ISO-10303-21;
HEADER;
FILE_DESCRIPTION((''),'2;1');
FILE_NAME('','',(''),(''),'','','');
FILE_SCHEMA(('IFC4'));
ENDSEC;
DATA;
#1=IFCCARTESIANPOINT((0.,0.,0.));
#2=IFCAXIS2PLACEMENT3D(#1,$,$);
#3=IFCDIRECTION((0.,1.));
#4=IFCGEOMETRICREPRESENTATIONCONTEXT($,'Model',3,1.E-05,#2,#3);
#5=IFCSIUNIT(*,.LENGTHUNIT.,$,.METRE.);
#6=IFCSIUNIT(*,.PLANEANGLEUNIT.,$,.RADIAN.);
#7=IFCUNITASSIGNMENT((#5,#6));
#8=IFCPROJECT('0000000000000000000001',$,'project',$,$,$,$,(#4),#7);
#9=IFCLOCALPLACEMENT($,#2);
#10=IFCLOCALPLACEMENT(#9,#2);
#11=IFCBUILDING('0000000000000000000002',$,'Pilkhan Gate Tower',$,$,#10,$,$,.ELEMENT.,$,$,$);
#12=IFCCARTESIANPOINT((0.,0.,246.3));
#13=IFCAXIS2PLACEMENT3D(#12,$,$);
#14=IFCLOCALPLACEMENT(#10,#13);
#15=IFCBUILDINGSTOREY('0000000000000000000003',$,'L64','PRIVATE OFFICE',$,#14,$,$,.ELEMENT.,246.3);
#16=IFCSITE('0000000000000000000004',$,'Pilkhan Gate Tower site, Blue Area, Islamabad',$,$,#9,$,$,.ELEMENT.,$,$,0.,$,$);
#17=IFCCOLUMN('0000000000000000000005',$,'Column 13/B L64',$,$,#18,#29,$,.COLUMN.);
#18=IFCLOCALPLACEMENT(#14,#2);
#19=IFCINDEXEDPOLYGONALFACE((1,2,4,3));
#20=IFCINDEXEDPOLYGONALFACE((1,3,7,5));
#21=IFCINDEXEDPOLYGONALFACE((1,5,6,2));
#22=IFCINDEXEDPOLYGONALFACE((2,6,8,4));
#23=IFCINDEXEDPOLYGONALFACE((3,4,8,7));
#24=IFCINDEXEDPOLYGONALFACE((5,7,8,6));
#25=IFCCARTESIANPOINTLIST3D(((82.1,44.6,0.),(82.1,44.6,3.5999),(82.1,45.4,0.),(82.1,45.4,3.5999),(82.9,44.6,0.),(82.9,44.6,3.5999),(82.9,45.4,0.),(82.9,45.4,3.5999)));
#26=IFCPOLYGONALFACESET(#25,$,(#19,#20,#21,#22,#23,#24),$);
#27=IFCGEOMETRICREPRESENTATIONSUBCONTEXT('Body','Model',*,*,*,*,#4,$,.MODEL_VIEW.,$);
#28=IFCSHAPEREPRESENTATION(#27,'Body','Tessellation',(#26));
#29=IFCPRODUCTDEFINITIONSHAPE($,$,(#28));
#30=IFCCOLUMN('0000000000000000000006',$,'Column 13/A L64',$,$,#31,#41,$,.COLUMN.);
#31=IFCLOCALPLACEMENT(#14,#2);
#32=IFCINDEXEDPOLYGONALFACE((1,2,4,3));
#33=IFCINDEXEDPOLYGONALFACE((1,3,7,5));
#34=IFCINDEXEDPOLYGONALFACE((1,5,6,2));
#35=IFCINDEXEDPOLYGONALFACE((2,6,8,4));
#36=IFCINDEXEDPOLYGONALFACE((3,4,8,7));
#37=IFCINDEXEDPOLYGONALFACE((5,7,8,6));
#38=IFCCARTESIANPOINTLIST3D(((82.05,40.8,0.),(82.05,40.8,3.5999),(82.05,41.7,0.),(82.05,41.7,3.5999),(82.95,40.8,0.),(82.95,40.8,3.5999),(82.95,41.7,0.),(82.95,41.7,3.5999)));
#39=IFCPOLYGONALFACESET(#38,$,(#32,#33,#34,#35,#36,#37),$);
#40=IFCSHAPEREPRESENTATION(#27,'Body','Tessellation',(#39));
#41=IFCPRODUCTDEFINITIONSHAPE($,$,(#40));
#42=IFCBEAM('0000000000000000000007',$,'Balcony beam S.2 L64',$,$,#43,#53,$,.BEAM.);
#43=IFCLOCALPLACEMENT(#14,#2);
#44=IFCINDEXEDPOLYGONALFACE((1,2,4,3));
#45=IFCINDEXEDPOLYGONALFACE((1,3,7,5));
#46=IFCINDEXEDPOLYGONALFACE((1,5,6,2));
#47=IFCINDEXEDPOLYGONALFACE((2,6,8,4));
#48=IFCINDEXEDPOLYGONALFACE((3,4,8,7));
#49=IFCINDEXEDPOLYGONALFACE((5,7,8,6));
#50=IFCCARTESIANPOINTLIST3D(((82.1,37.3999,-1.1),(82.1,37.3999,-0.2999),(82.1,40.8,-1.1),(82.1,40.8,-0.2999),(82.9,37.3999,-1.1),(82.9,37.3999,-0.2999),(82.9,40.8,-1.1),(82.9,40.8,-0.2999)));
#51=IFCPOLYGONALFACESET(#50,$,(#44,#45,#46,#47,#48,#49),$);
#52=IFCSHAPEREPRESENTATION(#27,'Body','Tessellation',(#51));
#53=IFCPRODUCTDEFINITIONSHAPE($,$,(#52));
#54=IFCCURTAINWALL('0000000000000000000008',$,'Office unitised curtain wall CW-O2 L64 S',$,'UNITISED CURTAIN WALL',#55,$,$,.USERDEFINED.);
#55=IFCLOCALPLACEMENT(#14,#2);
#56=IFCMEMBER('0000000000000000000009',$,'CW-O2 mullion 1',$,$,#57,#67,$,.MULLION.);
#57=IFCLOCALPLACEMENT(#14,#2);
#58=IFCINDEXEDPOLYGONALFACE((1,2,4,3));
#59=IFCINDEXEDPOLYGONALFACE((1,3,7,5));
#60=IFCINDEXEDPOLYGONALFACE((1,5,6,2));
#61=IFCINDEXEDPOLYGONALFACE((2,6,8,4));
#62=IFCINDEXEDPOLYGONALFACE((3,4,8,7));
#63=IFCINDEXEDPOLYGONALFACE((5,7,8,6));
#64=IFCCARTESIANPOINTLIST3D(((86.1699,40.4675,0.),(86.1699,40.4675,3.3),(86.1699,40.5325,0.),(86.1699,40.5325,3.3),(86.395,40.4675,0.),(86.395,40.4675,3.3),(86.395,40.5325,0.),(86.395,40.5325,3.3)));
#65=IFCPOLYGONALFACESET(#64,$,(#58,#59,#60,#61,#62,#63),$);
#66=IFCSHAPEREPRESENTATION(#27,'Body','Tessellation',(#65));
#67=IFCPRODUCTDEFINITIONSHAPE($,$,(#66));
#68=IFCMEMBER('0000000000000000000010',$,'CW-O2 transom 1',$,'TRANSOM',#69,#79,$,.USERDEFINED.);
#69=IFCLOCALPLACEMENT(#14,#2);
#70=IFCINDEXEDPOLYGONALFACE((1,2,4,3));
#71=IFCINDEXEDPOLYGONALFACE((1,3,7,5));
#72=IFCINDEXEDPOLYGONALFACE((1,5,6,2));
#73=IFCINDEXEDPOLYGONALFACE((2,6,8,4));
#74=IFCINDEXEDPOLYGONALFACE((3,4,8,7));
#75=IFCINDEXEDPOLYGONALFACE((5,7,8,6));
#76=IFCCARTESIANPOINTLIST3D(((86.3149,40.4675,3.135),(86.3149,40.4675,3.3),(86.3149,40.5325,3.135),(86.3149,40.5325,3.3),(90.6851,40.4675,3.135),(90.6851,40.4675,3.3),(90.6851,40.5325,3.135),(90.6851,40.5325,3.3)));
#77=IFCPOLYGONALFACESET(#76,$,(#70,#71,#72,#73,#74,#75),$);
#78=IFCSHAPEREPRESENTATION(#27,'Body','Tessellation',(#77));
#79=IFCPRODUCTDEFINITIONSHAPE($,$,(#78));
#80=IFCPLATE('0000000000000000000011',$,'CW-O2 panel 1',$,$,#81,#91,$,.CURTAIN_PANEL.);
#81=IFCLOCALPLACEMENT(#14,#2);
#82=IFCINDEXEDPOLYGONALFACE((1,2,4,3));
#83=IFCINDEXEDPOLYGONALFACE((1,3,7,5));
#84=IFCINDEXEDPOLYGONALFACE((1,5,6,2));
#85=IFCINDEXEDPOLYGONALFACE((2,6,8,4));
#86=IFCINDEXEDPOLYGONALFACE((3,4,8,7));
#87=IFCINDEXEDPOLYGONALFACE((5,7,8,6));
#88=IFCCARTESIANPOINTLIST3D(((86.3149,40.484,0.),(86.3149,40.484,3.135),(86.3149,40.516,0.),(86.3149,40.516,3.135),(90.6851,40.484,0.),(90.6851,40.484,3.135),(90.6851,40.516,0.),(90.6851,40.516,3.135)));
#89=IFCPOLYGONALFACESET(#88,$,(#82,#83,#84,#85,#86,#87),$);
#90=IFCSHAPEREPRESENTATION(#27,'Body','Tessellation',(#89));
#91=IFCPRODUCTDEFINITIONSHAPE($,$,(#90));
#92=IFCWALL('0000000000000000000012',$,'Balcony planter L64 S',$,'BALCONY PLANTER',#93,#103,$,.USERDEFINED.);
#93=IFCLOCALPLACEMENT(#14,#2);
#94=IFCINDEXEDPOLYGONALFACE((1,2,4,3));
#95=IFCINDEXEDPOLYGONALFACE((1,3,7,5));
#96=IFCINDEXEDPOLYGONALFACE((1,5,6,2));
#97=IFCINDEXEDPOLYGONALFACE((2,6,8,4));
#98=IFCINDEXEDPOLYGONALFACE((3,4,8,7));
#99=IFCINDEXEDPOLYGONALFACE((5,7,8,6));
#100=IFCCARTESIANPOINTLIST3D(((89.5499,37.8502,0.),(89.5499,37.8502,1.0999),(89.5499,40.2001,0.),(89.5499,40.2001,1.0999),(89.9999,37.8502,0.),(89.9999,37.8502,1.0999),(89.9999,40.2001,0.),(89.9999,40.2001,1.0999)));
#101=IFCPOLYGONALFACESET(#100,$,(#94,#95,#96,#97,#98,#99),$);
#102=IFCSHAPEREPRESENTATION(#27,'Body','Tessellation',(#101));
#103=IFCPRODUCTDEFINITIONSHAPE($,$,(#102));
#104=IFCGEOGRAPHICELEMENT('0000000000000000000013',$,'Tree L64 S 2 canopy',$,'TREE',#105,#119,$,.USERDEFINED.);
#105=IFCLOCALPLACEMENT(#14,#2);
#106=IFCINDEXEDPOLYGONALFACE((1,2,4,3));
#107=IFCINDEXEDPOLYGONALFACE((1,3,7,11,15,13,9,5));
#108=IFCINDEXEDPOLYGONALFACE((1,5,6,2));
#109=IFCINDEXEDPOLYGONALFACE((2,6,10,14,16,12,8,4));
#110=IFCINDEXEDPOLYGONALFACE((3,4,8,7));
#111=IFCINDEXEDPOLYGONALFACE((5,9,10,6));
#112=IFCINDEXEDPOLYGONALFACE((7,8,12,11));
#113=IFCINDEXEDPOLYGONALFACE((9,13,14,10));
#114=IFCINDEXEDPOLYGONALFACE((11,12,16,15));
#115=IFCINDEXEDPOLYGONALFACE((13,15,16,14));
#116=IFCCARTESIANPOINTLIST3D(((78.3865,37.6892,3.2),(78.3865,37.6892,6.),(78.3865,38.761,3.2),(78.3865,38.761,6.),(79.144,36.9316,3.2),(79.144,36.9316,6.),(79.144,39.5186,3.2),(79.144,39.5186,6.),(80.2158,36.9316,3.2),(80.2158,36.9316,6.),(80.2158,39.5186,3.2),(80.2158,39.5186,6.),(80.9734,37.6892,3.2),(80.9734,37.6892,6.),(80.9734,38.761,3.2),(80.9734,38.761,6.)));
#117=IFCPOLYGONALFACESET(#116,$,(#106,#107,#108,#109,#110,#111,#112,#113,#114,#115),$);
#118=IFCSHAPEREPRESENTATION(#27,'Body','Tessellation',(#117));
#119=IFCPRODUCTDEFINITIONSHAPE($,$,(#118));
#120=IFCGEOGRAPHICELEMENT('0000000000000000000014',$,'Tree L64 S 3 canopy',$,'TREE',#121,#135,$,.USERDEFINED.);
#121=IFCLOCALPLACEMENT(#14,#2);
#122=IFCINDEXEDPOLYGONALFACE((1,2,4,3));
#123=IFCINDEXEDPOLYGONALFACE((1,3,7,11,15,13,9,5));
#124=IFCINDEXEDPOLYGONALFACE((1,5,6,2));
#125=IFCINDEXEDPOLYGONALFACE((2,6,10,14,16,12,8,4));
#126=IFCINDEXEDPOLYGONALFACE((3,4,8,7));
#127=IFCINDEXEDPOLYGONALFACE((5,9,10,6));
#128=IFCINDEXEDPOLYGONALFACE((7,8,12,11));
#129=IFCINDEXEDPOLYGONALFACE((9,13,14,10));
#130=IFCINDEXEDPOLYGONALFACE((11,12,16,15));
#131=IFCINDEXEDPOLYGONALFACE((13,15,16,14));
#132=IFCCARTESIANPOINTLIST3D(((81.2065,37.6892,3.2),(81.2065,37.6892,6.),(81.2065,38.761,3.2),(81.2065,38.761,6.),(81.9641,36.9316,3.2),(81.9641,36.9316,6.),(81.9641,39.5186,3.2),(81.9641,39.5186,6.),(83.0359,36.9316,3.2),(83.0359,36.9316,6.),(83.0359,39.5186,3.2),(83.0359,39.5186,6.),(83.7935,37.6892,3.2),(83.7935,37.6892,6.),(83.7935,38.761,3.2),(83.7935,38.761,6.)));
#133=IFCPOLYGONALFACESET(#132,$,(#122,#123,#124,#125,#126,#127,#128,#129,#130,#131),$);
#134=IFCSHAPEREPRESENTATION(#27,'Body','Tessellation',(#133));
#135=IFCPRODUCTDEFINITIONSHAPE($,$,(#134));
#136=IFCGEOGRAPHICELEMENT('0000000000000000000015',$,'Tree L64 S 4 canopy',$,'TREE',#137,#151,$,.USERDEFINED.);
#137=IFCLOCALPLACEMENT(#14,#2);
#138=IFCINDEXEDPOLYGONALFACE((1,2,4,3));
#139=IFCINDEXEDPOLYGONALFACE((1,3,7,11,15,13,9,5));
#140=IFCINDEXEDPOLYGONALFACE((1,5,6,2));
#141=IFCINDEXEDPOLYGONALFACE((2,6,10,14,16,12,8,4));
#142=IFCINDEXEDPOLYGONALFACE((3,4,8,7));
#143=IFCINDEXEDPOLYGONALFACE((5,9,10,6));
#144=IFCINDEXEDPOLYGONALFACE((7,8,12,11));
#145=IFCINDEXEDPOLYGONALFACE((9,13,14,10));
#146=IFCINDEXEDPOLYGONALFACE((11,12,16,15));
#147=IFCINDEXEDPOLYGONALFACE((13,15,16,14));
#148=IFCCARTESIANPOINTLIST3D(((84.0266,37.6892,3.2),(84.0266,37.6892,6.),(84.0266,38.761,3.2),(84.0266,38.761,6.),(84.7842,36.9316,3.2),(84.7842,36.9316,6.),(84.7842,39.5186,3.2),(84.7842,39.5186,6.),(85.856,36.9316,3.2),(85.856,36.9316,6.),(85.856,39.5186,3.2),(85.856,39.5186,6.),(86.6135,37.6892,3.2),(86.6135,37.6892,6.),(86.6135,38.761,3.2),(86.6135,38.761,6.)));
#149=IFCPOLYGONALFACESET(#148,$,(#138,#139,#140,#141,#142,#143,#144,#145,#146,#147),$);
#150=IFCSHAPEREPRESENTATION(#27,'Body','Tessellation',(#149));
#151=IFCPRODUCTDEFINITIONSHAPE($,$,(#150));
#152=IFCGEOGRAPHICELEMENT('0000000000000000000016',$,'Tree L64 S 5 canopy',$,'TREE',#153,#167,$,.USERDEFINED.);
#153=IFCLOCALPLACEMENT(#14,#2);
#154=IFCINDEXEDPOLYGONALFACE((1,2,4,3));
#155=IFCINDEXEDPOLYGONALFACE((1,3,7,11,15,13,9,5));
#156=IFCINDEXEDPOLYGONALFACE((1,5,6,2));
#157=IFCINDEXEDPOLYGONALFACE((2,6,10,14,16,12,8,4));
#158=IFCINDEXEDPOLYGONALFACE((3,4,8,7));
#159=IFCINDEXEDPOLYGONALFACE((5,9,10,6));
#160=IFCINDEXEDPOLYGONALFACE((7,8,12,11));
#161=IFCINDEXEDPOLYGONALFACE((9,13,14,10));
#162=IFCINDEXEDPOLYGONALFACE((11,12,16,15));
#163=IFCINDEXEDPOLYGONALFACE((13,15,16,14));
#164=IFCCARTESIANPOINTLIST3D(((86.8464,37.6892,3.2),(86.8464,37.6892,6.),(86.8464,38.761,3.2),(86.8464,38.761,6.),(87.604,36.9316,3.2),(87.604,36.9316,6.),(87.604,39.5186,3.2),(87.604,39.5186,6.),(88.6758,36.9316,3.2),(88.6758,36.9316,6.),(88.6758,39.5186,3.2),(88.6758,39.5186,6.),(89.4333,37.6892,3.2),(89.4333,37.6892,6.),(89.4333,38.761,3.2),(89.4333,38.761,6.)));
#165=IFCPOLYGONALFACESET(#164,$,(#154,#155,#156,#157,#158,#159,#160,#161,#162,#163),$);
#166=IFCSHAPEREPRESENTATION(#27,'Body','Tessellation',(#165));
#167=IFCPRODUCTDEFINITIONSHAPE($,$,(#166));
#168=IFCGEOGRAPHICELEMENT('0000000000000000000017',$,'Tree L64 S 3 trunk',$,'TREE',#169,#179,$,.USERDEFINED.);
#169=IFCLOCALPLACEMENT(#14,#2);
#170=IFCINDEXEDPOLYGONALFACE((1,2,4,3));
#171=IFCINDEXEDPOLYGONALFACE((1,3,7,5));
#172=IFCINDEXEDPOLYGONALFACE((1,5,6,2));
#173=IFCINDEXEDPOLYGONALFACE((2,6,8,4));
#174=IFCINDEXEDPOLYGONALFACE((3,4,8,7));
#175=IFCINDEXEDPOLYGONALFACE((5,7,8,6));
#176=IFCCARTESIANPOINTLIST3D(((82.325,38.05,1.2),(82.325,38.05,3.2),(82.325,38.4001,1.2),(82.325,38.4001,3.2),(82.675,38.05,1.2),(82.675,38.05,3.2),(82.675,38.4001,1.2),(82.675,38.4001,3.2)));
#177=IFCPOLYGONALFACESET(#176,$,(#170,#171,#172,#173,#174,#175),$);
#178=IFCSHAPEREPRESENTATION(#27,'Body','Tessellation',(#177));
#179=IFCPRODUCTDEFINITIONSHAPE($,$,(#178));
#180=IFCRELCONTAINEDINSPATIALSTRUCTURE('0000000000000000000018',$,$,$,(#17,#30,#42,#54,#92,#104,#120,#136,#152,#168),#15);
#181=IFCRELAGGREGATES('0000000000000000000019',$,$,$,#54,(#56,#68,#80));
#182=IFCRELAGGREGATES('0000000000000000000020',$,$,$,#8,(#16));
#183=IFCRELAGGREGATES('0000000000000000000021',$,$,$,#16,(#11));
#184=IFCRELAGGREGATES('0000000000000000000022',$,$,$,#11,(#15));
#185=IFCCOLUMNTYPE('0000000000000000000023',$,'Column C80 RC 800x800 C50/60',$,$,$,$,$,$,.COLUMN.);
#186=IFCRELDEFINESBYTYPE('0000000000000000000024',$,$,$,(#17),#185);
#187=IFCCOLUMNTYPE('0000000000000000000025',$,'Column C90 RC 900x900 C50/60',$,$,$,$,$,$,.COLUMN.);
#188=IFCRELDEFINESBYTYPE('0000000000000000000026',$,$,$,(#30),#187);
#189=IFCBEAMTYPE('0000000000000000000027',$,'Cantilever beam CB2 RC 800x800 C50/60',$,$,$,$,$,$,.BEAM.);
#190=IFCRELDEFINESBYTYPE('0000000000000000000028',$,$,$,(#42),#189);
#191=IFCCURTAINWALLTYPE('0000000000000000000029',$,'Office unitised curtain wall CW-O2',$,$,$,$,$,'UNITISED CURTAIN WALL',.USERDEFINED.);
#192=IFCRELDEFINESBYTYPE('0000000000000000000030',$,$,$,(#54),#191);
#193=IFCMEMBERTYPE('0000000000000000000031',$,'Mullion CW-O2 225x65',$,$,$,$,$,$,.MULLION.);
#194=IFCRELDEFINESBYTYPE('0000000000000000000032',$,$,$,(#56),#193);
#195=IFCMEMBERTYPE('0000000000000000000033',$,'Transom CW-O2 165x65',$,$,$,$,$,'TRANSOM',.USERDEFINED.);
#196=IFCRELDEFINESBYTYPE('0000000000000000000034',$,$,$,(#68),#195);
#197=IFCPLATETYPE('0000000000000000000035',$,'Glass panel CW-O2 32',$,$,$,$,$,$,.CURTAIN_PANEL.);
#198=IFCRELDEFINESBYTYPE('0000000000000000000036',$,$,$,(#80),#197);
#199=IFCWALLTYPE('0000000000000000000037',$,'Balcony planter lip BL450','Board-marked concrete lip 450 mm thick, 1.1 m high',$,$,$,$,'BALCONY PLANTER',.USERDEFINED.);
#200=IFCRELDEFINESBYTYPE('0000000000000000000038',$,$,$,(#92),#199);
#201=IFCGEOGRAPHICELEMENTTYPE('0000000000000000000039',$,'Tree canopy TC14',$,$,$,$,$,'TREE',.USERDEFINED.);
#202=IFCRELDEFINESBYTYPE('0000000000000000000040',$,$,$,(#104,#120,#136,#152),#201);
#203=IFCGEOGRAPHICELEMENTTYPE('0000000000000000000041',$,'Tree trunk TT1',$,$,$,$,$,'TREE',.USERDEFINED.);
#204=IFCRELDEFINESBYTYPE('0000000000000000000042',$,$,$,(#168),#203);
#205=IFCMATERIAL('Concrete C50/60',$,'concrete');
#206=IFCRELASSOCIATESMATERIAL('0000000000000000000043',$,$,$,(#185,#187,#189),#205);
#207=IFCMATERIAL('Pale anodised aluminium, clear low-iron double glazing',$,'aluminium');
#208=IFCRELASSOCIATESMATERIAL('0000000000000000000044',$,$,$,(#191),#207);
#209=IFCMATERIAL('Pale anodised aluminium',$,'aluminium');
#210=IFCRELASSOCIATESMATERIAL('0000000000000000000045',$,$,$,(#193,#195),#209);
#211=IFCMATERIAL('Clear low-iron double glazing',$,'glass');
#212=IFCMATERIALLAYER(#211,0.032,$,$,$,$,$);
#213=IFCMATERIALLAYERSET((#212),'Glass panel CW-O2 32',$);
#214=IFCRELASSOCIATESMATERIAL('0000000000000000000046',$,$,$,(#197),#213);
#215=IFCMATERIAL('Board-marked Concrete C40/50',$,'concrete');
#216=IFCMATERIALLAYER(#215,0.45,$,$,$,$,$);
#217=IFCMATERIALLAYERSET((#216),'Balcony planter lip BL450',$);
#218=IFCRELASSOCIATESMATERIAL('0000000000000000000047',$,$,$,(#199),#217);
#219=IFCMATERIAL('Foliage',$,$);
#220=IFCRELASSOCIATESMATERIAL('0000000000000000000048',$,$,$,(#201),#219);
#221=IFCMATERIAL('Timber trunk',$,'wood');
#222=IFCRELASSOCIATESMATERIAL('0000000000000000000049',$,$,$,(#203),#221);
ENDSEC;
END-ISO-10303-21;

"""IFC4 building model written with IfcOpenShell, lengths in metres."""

from ifc_helpers import new_model, si_unit, direction, frame, frame_2d, origin, origin_2d, place, context, subcontext, project, spatial, polyline, rectangle, outline, extrude, material, layer, layer_set, material_profile, profile_set, type_object, element, aggregate, save


model = new_model("IFC4")

# Units and contexts
model_context = context("Model", 3, precision=1e-05, world=origin(), true_north=direction((0.0, 1.0)))
body_context = subcontext(model_context, "Body", "Model", "MODEL_VIEW")
ifc_project = project(units=[si_unit("LENGTHUNIT", "METRE"), si_unit("PLANEANGLEUNIT", "RADIAN")], contexts=[model_context])

# Site, building, storey
site_placement = place(None, origin())
site = spatial("IfcSite", under=ifc_project, at=site_placement, Name="Pilkhan Gate Tower site, Blue Area, Islamabad", CompositionType="ELEMENT", RefElevation=0.0)
building_placement = place(site_placement, origin())
building = spatial("IfcBuilding", under=site, at=building_placement, Name="Pilkhan Gate Tower", CompositionType="ELEMENT")
storey_placement = place(building_placement, frame((0.0, 0.0, 246.3)))
storey = spatial("IfcBuildingStorey", under=building, at=storey_placement, Name="L64", Description="PRIVATE OFFICE", CompositionType="ELEMENT", Elevation=246.3)

# Columns
ifc_material_1 = material(Name="Concrete C50/60", Category="concrete")
ifc_material_profile_1 = material_profile(ifc_material_1, rectangle(XDim=0.8, YDim=0.8, at=origin_2d()), Name="RC 800x800")
ifc_profile_set_1 = profile_set([ifc_material_profile_1], Name="Concrete C50/60")
column_type_1 = type_object("IfcColumnType", Name="Column C80 RC 800x800 C50/60", PredefinedType="COLUMN", material=ifc_profile_set_1)
column_1_placement = place(storey_placement, frame((82.5, 45.0, 0.0), z_axis=(0.0, 0.0, 1.0), x_axis=(1.0, 0.0, 0.0)))
element("IfcColumn", 1, at=column_1_placement, inside=storey, type_object=column_type_1, Name="Column 13/B L64", PredefinedType="COLUMN", context=body_context, shape_type="SweptSolid", body=[
    extrude(rectangle(XDim=0.8, YDim=0.8, at=origin_2d()), origin(), (0.0, 0.0, 1.0), 3.5999),
])
ifc_material_profile_2 = material_profile(ifc_material_1, rectangle(XDim=0.8999, YDim=0.8999, at=origin_2d()), Name="RC 900x900")
ifc_profile_set_2 = profile_set([ifc_material_profile_2], Name="Concrete C50/60")
column_type_2 = type_object("IfcColumnType", Name="Column C90 RC 900x900 C50/60", PredefinedType="COLUMN", material=ifc_profile_set_2)
column_2_placement = place(storey_placement, frame((82.5, 41.25, 0.0), z_axis=(0.0, 0.0, 1.0), x_axis=(1.0, 0.0, 0.0)))
element("IfcColumn", 2, at=column_2_placement, inside=storey, type_object=column_type_2, Name="Column 13/A L64", PredefinedType="COLUMN", context=body_context, shape_type="SweptSolid", body=[
    extrude(rectangle(XDim=0.8999, YDim=0.8999, at=origin_2d()), origin(), (0.0, 0.0, 1.0), 3.5999),
])

# Beam
ifc_material_profile_3 = material_profile(ifc_material_1, rectangle(XDim=0.8, YDim=0.8, at=origin_2d()), Name="RC 800x800")
ifc_profile_set_3 = profile_set([ifc_material_profile_3], Name="Concrete C50/60")
beam_type = type_object("IfcBeamType", Name="Cantilever beam CB2 RC 800x800 C50/60", PredefinedType="BEAM", material=ifc_profile_set_3)
beam_placement = place(storey_placement, frame((82.5, 40.8, -0.7), z_axis=(0.0, -1.0, 0.0), x_axis=(1.0, 0.0, 0.0)))
element("IfcBeam", 3, at=beam_placement, inside=storey, type_object=beam_type, Name="Balcony beam S.2 L64", PredefinedType="BEAM", context=body_context, shape_type="SweptSolid", body=[
    extrude(rectangle(XDim=0.8, YDim=0.8, at=origin_2d()), origin(), (0.0, 0.0, 1.0), 3.4001),
])

# Curtain wall, members, plate
ifc_material_2 = material(Name="Pale anodised aluminium, clear low-iron double glazing", Category="aluminium")
curtain_wall_type = type_object("IfcCurtainWallType", Name="Office unitised curtain wall CW-O2", ElementType="UNITISED CURTAIN WALL", PredefinedType="USERDEFINED", material=ifc_material_2)
curtain_wall_placement = place(storey_placement, origin())
curtain_wall = element("IfcCurtainWall", 4, at=curtain_wall_placement, inside=storey, type_object=curtain_wall_type, Name="Office unitised curtain wall CW-O2 L64 S", ObjectType="UNITISED CURTAIN WALL", PredefinedType="USERDEFINED")
ifc_material_3 = material(Name="Pale anodised aluminium", Category="aluminium")
ifc_material_profile_4 = material_profile(ifc_material_3, rectangle(XDim=0.0649, YDim=0.2251, at=origin_2d()), Name="Mullion 225x65")
ifc_profile_set_4 = profile_set([ifc_material_profile_4], Name="Pale anodised aluminium")
member_type_1 = type_object("IfcMemberType", Name="Mullion CW-O2 225x65", PredefinedType="MULLION", material=ifc_profile_set_4)
member_1_placement = place(storey_placement, frame((86.2825, 40.5, 0.0), z_axis=(0.0, 0.0, 1.0), x_axis=(0.0, 1.0, 0.0)))
member_1 = element("IfcMember", 5, at=member_1_placement, type_object=member_type_1, Name="CW-O2 mullion 1", PredefinedType="MULLION", context=body_context, shape_type="SweptSolid", body=[
    extrude(rectangle(XDim=0.0649, YDim=0.2251, at=origin_2d()), origin(), (0.0, 0.0, 1.0), 3.3),
])
ifc_material_profile_5 = material_profile(ifc_material_3, rectangle(XDim=0.0649, YDim=0.165, at=origin_2d()), Name="Transom 165x65")
ifc_profile_set_5 = profile_set([ifc_material_profile_5], Name="Pale anodised aluminium")
member_type_2 = type_object("IfcMemberType", Name="Transom CW-O2 165x65", ElementType="TRANSOM", PredefinedType="USERDEFINED", material=ifc_profile_set_5)
member_2_placement = place(storey_placement, frame((86.3149, 40.5, 3.2175), z_axis=(1.0, 0.0, 0.0), x_axis=(0.0, 1.0, 0.0)))
member_2 = element("IfcMember", 6, at=member_2_placement, type_object=member_type_2, Name="CW-O2 transom 1", ObjectType="TRANSOM", PredefinedType="USERDEFINED", context=body_context, shape_type="SweptSolid", body=[
    extrude(rectangle(XDim=0.0649, YDim=0.165, at=origin_2d()), origin(), (0.0, 0.0, 1.0), 4.3701),
])
ifc_material_4 = material(Name="Clear low-iron double glazing", Category="glass")
ifc_layer_1 = layer(ifc_material_4, 0.032)
ifc_layer_set_1 = layer_set([ifc_layer_1], Name="Glass panel CW-O2 32")
plate_type = type_object("IfcPlateType", Name="Glass panel CW-O2 32", PredefinedType="CURTAIN_PANEL", material=ifc_layer_set_1)
plate_placement = place(storey_placement, frame((88.5, 40.5, 0.0), z_axis=(0.0, 0.0, 1.0), x_axis=(1.0, 0.0, 0.0)))
plate = element("IfcPlate", 7, at=plate_placement, type_object=plate_type, Name="CW-O2 panel 1", PredefinedType="CURTAIN_PANEL", context=body_context, shape_type="SweptSolid", body=[
    extrude(rectangle(XDim=4.3701, YDim=0.032, at=origin_2d()), origin(), (0.0, 0.0, 1.0), 3.135),
])
aggregate(curtain_wall, [member_1, member_2, plate])

# Wall
ifc_material_5 = material(Name="Board-marked Concrete C40/50", Category="concrete")
ifc_layer_2 = layer(ifc_material_5, 0.45)
ifc_layer_set_2 = layer_set([ifc_layer_2], Name="Balcony planter lip BL450")
wall_type_1 = type_object("IfcWallType", Name="Balcony planter lip BL450", Description="Board-marked concrete lip 450 mm thick, 1.1 m high", ElementType="BALCONY PLANTER", PredefinedType="USERDEFINED", material=ifc_layer_set_2)
wall_1_placement = place(storey_placement, frame((89.7749, 40.2, 0.0), z_axis=(0.0, 0.0, 1.0), x_axis=(0.0, -1.0, 0.0)))
element("IfcWall", 8, at=wall_1_placement, inside=storey, type_object=wall_type_1, Name="Balcony planter L64 S", ObjectType="BALCONY PLANTER", PredefinedType="USERDEFINED", context=body_context, shape_type="SweptSolid", body=[
    extrude(rectangle(XDim=2.3499, YDim=0.45, at=frame_2d((1.1748, 0.0))), origin(), (0.0, 0.0, 1.0), 1.0999),
])

# Geographic elements
ifc_material_6 = material(Name="Foliage")
ifc_material_profile_6 = material_profile(ifc_material_6, outline(polyline([(1.2935, 0.5359), (0.5359, 1.2935), (-0.5359, 1.2935), (-1.2935, 0.5359), (-1.2935, -0.5359), (-0.5359, -1.2935), (0.5359, -1.2935), (1.2935, -0.5359), (1.2935, 0.5359)])), Name="Canopy D2.8")
ifc_profile_set_6 = profile_set([ifc_material_profile_6], Name="Foliage")
geographic_element_type_1 = type_object("IfcGeographicElementType", Name="Tree canopy TC14", ElementType="TREE", PredefinedType="USERDEFINED", material=ifc_profile_set_6)
for number, where, z_axis, x_axis, name in (
    (9, (79.6799, 38.2251, 3.2), (0.0, 0.0, 1.0), (1.0, 0.0, 0.0), "Tree L64 S 2 canopy"),
    (10, (82.5, 38.2251, 3.2), (0.0, 0.0, 1.0), (1.0, 0.0, 0.0), "Tree L64 S 3 canopy"),
    (11, (85.3201, 38.2251, 3.2), (0.0, 0.0, 1.0), (1.0, 0.0, 0.0), "Tree L64 S 4 canopy"),
    (12, (88.1399, 38.2251, 3.2), (0.0, 0.0, 1.0), (1.0, 0.0, 0.0), "Tree L64 S 5 canopy"),
):
    element("IfcGeographicElement", number, at=place(storey_placement, frame(where, z_axis=z_axis, x_axis=x_axis)), inside=storey, type_object=geographic_element_type_1, Name=name, ObjectType="TREE", PredefinedType="USERDEFINED", context=body_context, shape_type="SweptSolid", body=[
        extrude(outline(polyline([(1.2935, 0.5359), (0.5359, 1.2935), (-0.5359, 1.2935), (-1.2935, 0.5359), (-1.2935, -0.5359), (-0.5359, -1.2935), (0.5359, -1.2935), (1.2935, -0.5359), (1.2935, 0.5359)])), origin(), (0.0, 0.0, 1.0), 2.8),
    ])
ifc_material_7 = material(Name="Timber trunk", Category="wood")
geographic_element_type_2 = type_object("IfcGeographicElementType", Name="Tree trunk TT1", ElementType="TREE", PredefinedType="USERDEFINED", material=ifc_material_7)
for number, where, z_axis, x_axis, name in (
    (13, (82.5, 38.2251, 1.2), (0.0, 0.0, 1.0), (1.0, 0.0, 0.0), "Tree L64 S 3 trunk"),
):
    element("IfcGeographicElement", number, at=place(storey_placement, frame(where, z_axis=z_axis, x_axis=x_axis)), inside=storey, type_object=geographic_element_type_2, Name=name, ObjectType="TREE", PredefinedType="USERDEFINED", context=body_context, shape_type="SweptSolid", body=[
        extrude(rectangle(XDim=0.3501, YDim=0.3501, at=origin_2d()), origin(), (0.0, 0.0, 1.0), 2.0),
    ])

save(model, "model.ifc")
